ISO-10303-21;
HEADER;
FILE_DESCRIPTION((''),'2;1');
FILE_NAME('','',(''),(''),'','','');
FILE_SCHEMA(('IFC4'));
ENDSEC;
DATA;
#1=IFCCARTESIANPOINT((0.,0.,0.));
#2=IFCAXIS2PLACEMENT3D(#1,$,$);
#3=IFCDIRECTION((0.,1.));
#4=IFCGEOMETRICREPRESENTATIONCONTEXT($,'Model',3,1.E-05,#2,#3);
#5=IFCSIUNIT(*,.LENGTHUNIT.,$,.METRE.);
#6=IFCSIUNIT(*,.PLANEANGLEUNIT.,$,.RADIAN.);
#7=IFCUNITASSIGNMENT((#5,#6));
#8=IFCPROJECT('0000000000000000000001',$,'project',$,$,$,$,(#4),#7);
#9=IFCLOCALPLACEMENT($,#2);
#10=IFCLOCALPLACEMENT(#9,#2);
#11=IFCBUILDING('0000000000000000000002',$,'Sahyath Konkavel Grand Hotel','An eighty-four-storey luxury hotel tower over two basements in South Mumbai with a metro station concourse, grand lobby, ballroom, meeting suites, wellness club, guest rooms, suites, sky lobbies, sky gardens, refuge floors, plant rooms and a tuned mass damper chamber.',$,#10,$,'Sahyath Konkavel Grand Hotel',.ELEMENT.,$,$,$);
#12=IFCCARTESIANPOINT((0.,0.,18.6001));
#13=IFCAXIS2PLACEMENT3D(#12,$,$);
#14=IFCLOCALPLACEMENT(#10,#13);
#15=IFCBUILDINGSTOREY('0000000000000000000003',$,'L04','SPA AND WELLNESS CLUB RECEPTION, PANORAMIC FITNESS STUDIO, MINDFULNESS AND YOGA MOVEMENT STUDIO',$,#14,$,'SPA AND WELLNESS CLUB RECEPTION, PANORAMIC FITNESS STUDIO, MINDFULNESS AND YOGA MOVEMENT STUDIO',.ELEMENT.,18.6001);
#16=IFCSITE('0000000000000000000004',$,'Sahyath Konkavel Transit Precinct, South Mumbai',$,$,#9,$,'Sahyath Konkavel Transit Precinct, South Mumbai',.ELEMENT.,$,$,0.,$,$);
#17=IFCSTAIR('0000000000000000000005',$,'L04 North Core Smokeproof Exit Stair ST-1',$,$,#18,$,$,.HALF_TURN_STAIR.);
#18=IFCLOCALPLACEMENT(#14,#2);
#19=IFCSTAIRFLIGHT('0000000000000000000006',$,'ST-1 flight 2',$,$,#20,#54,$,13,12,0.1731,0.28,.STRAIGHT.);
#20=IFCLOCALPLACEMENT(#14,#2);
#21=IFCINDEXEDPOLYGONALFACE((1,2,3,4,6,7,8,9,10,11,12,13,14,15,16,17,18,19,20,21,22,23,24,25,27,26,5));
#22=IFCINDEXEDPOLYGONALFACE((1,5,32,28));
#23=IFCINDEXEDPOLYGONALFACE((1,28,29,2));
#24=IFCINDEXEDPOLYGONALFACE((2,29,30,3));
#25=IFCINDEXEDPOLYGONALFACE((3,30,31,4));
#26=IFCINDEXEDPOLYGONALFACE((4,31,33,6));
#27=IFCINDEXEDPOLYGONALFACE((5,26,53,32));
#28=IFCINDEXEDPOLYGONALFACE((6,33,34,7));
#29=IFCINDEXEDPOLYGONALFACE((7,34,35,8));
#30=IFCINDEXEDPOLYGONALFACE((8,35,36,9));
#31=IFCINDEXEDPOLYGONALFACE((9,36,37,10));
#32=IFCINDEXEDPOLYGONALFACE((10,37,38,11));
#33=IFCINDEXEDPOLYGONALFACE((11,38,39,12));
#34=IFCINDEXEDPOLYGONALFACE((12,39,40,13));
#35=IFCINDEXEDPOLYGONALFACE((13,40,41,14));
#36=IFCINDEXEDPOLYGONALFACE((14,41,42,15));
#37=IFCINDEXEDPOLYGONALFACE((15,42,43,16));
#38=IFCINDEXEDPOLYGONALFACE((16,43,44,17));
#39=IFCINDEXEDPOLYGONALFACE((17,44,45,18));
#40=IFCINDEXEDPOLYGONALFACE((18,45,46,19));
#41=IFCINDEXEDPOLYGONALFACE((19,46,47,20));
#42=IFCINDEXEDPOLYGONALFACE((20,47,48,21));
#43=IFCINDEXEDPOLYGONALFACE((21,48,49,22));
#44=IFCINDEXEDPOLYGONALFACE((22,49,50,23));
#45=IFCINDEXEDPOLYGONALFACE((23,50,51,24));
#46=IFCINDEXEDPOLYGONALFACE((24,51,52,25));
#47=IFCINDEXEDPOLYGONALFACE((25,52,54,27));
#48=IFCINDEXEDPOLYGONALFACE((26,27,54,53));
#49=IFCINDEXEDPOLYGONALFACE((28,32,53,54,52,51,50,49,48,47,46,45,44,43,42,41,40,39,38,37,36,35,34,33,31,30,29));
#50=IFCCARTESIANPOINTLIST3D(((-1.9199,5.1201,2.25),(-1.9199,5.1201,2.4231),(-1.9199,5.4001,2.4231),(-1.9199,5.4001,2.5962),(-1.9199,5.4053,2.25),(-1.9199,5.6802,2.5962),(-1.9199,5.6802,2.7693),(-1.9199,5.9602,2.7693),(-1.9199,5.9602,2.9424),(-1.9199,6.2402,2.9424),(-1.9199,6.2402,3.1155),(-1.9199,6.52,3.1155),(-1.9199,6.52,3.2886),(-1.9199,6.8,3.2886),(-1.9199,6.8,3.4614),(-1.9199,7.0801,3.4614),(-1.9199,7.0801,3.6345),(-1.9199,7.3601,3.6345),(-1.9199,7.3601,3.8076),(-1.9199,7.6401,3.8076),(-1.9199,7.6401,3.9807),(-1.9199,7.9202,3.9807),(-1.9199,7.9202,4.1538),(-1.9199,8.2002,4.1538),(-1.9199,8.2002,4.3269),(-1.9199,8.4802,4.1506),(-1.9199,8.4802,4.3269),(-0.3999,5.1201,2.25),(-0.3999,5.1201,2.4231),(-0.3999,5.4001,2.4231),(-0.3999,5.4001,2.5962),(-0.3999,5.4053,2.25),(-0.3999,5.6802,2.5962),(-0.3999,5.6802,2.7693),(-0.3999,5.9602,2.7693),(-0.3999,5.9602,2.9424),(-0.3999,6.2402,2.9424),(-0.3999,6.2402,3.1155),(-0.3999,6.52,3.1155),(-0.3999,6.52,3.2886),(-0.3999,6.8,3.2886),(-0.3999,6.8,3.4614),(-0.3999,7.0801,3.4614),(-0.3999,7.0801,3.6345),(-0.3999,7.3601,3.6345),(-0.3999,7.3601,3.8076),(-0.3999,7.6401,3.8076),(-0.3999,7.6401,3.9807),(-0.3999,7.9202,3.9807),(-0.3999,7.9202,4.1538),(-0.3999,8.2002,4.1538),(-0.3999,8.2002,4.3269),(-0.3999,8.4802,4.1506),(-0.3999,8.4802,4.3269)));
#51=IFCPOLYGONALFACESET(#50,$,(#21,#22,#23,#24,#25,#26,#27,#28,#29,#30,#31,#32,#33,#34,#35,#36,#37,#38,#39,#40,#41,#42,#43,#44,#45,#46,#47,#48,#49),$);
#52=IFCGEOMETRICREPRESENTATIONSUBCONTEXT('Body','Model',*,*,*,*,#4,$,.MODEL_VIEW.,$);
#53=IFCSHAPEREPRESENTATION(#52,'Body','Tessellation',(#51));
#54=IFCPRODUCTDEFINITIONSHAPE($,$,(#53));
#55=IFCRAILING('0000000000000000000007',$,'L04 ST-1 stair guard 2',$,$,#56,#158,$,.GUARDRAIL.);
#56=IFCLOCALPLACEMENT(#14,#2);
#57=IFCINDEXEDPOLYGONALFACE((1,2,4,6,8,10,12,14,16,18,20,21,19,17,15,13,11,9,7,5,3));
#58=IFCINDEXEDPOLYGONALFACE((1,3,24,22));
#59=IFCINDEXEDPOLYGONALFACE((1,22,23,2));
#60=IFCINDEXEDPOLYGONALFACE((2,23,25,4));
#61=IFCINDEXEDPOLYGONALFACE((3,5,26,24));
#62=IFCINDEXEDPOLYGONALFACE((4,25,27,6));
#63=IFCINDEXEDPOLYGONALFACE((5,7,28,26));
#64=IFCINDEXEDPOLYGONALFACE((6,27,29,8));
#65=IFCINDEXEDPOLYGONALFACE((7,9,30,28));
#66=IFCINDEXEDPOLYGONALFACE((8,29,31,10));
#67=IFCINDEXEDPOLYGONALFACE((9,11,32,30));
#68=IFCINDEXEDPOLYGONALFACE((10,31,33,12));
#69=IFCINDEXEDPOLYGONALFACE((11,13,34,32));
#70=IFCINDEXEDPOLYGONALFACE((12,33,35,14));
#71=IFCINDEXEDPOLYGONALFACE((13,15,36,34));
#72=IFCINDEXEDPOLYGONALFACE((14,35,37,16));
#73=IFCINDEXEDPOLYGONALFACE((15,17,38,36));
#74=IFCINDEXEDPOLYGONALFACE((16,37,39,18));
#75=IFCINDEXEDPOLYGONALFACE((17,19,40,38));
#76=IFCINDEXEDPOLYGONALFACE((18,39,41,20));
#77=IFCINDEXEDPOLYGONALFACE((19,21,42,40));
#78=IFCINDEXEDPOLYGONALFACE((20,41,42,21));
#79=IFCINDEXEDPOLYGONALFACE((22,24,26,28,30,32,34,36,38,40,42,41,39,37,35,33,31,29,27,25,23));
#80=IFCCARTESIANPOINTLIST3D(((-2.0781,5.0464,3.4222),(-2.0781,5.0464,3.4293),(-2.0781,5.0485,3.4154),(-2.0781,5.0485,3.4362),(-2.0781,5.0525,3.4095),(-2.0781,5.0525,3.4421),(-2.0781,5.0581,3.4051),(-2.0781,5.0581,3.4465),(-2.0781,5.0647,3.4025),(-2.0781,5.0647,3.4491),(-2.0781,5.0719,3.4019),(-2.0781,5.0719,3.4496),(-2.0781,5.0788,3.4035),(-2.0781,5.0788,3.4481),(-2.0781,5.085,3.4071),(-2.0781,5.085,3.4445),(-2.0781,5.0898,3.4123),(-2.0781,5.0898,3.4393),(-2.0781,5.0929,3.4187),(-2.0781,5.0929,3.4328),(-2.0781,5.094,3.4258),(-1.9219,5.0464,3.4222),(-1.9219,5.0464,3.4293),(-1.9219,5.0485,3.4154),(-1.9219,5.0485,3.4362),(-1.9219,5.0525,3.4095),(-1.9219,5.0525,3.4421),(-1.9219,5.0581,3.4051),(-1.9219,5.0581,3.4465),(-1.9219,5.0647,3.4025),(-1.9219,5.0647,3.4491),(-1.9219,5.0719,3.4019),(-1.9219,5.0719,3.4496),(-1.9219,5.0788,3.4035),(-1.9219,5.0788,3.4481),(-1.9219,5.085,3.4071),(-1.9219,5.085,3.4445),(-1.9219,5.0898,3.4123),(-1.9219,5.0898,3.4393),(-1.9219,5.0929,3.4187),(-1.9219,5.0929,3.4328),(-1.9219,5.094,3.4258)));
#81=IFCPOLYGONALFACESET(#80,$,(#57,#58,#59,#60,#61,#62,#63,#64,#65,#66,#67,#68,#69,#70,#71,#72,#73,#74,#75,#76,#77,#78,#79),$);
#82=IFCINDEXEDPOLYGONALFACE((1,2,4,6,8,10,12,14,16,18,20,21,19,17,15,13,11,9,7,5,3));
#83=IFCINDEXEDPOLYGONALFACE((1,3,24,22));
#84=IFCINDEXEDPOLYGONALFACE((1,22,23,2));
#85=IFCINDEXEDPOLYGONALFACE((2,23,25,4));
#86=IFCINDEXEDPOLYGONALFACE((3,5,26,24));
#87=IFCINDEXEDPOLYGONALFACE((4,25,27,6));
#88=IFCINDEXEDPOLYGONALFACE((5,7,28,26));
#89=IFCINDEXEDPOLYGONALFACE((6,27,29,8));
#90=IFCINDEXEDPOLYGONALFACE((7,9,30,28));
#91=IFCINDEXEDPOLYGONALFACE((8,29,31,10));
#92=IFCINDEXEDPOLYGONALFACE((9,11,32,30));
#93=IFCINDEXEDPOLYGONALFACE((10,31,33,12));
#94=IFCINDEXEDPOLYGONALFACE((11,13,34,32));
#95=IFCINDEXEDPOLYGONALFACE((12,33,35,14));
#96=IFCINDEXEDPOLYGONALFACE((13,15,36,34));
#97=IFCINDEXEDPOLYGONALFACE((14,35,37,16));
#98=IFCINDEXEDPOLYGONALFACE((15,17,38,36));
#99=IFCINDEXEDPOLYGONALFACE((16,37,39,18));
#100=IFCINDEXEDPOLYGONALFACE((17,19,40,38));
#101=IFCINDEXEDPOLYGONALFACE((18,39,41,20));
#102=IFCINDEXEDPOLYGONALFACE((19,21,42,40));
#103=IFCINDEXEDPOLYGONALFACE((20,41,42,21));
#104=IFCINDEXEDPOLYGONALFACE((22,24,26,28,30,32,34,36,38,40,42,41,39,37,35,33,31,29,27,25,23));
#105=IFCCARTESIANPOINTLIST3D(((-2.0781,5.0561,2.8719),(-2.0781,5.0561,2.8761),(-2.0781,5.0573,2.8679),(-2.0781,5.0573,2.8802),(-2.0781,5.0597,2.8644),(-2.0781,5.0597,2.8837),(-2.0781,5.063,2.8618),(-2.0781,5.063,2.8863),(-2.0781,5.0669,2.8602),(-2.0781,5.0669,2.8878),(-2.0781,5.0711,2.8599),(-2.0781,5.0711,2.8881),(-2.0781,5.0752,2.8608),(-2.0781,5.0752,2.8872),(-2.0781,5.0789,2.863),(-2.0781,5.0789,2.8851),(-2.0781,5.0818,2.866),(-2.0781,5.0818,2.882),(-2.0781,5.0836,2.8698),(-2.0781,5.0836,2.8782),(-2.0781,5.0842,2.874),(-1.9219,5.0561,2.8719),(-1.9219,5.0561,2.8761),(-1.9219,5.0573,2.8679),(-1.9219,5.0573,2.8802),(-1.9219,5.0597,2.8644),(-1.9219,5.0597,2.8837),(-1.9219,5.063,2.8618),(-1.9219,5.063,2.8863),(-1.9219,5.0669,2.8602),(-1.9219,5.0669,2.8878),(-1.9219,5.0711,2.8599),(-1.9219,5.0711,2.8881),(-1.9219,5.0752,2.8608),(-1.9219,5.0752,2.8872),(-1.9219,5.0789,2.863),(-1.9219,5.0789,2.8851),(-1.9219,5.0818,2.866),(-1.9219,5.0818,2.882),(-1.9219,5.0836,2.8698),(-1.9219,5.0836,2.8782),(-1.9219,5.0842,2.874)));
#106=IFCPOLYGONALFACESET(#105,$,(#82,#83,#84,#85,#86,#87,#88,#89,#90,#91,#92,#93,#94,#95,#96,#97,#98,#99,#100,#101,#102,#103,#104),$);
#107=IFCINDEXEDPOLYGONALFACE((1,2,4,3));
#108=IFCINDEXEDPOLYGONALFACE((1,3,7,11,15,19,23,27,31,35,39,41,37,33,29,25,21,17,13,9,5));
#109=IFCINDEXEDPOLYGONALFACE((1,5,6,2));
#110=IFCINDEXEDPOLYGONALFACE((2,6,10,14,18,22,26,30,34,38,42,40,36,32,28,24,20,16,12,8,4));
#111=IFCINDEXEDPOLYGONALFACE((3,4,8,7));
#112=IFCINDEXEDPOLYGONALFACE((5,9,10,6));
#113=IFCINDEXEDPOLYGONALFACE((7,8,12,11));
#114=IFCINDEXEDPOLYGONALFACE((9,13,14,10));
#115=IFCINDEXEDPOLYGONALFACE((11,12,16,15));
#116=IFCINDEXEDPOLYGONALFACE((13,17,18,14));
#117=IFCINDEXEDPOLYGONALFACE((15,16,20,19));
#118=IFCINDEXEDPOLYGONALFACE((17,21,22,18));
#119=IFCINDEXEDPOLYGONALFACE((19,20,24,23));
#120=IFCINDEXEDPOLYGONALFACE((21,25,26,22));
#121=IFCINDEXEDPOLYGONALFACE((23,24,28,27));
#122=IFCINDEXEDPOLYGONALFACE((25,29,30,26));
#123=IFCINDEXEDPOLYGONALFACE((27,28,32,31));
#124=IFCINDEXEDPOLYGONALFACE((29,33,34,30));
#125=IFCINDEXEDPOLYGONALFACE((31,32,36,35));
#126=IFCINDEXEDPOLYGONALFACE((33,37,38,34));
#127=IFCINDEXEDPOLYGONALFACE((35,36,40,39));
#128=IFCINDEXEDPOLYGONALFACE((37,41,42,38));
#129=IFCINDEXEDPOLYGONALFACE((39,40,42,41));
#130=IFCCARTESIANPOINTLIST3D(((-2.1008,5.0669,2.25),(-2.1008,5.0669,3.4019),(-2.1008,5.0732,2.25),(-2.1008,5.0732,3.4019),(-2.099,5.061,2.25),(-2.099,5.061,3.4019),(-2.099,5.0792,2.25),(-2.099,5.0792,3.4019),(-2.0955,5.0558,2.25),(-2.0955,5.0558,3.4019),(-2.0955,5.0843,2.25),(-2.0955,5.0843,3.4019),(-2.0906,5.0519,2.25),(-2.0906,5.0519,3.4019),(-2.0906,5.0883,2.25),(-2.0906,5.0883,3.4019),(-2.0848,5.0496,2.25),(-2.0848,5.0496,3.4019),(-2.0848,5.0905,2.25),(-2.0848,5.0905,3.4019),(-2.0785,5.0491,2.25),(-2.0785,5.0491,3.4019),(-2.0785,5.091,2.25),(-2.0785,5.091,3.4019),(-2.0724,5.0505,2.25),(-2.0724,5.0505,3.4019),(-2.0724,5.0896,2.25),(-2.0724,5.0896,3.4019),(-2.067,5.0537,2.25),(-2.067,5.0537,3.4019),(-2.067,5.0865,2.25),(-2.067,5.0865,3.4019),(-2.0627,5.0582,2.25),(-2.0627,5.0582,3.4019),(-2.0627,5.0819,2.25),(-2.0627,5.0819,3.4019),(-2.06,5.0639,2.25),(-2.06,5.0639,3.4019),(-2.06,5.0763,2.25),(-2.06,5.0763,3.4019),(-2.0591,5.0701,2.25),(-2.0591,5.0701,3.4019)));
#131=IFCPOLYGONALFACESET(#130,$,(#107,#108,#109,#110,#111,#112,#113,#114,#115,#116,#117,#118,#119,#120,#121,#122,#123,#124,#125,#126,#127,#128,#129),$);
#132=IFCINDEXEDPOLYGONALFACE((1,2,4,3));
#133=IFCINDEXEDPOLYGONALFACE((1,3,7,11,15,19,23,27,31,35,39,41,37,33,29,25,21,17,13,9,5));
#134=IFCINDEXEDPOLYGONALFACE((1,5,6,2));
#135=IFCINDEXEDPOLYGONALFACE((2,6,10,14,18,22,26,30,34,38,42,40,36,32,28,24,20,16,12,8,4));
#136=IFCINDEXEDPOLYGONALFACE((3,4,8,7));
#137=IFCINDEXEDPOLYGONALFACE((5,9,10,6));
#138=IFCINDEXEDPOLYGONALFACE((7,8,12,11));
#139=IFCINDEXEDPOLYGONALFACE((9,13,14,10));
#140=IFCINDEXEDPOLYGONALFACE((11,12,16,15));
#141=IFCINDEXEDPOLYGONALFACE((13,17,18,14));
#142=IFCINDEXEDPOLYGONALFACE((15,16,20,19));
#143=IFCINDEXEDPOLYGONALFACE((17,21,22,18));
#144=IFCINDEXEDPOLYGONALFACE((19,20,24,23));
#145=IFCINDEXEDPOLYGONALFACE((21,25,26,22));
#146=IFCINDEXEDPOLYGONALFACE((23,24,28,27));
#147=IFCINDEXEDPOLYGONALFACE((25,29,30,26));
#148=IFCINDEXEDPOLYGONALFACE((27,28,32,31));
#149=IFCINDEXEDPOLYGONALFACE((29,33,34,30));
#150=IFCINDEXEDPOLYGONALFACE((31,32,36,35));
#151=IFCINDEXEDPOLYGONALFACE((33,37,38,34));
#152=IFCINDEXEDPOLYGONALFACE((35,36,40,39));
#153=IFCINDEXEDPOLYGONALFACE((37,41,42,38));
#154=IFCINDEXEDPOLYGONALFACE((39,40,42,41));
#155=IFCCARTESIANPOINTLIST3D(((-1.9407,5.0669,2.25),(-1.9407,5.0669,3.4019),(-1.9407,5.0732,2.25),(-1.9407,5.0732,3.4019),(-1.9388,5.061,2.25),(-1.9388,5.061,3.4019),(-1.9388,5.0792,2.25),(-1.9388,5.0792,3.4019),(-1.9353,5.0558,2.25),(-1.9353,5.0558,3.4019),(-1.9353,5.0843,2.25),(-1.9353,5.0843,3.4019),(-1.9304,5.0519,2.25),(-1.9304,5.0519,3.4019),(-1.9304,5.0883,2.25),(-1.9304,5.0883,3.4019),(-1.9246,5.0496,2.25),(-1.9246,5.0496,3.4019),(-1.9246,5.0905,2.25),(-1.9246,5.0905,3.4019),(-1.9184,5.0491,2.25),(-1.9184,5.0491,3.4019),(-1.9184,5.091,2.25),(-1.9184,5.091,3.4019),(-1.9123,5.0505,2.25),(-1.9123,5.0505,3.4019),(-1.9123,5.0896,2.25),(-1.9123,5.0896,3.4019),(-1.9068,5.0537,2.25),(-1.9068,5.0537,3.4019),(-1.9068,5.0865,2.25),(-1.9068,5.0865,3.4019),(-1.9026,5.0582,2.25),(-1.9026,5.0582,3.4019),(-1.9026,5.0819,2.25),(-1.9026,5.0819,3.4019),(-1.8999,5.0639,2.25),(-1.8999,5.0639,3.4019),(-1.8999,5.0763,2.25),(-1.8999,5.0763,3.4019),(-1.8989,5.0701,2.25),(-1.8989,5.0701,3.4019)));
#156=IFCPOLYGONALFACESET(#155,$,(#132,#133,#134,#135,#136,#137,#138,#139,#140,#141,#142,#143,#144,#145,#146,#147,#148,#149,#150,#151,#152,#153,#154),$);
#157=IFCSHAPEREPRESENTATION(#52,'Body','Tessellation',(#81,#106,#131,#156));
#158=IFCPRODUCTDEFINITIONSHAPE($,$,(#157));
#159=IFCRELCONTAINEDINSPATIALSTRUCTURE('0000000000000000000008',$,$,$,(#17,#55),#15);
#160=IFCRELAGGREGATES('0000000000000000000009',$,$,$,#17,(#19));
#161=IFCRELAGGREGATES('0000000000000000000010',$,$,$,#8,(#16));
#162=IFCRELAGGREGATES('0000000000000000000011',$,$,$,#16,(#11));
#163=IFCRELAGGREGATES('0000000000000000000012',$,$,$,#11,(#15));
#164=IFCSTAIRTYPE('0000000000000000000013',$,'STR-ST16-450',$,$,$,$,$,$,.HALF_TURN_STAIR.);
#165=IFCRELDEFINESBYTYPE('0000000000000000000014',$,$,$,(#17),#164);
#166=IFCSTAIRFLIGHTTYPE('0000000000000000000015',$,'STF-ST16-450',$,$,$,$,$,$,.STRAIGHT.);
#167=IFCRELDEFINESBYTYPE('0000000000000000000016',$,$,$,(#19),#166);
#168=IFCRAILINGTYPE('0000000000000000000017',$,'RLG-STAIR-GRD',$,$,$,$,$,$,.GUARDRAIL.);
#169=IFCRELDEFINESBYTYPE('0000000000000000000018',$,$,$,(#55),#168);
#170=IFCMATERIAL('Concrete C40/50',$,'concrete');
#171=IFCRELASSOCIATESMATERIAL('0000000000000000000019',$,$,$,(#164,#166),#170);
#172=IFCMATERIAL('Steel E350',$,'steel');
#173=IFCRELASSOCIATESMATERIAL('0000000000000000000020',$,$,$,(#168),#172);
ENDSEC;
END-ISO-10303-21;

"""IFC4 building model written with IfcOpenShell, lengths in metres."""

from ifc_helpers import new_model, si_unit, direction, frame, origin, origin_2d, place, context, subcontext, project, spatial, polyline, circle, outline, extrude, material, type_object, element, aggregate, save


model = new_model("IFC4")

# Units and contexts
model_context = context("Model", 3, precision=1e-05, world=origin(), true_north=direction((0.0, 1.0)))
body_context = subcontext(model_context, "Body", "Model", "MODEL_VIEW")
ifc_project = project(units=[si_unit("LENGTHUNIT", "METRE"), si_unit("PLANEANGLEUNIT", "RADIAN")], contexts=[model_context])

# Site, building, storey
site_placement = place(None, origin())
site = spatial("IfcSite", under=ifc_project, at=site_placement, Name="Sahyath Konkavel Transit Precinct, South Mumbai", LongName="Sahyath Konkavel Transit Precinct, South Mumbai", CompositionType="ELEMENT", RefElevation=0.0)
building_placement = place(site_placement, origin())
building = spatial("IfcBuilding", under=site, at=building_placement, Name="Sahyath Konkavel Grand Hotel", Description="An eighty-four-storey luxury hotel tower over two basements in South Mumbai with a metro station concourse, grand lobby, ballroom, meeting suites, wellness club, guest rooms, suites, sky lobbies, sky gardens, refuge floors, plant rooms and a tuned mass damper chamber.", LongName="Sahyath Konkavel Grand Hotel", CompositionType="ELEMENT")
storey_placement = place(building_placement, frame((0.0, 0.0, 18.6001)))
storey = spatial("IfcBuildingStorey", under=building, at=storey_placement, Name="L04", Description="SPA AND WELLNESS CLUB RECEPTION, PANORAMIC FITNESS STUDIO, MINDFULNESS AND YOGA MOVEMENT STUDIO", LongName="SPA AND WELLNESS CLUB RECEPTION, PANORAMIC FITNESS STUDIO, MINDFULNESS AND YOGA MOVEMENT STUDIO", CompositionType="ELEMENT", Elevation=18.6001)

# Shared definitions
ifc_material_1 = material(Name="Steel E350", Category="steel")

# Shared definitions
ifc_material_2 = material(Name="Concrete C40/50", Category="concrete")

# Stair, stair flight
stair_type = type_object("IfcStairType", Name="STR-ST16-450", PredefinedType="HALF_TURN_STAIR", material=ifc_material_2)
stair_placement = place(storey_placement, origin())
stair = element("IfcStair", 1, at=stair_placement, inside=storey, type_object=stair_type, Name="L04 North Core Smokeproof Exit Stair ST-1", PredefinedType="HALF_TURN_STAIR")
stair_flight_type = type_object("IfcStairFlightType", Name="STF-ST16-450", PredefinedType="STRAIGHT", material=ifc_material_2)
stair_flight_placement = place(storey_placement, frame((-1.1599, 5.1201, 2.25), z_axis=(0.0, 0.0, 1.0), x_axis=(0.0, 1.0, 0.0)))
stair_flight = element("IfcStairFlight", 2, at=stair_flight_placement, type_object=stair_flight_type, Name="ST-1 flight 2", NumberOfRisers=13, NumberOfTreads=12, PredefinedType="STRAIGHT", RiserHeight=0.1731, TreadLength=0.28, context=body_context, shape_type="SweptSolid", body=[
    extrude(outline(polyline([(0.0, 0.0), (0.0, 0.1731), (0.28, 0.1731), (0.28, 0.3462), (0.5601, 0.3462), (0.5601, 0.5193), (0.8401, 0.5193), (0.8401, 0.6924), (1.1201, 0.6924), (1.1201, 0.8655), (1.3999, 0.8655), (1.3999, 1.0386), (1.6799, 1.0386), (1.6799, 1.2114), (1.96, 1.2114), (1.96, 1.3845), (2.24, 1.3845), (2.24, 1.5576), (2.52, 1.5576), (2.52, 1.7307), (2.8, 1.7307), (2.8, 1.9038), (3.0801, 1.9038), (3.0801, 2.0769), (3.3601, 2.0769), (3.3601, 2.25), (3.3601, 1.9006), (0.2852, 0.0), (0.0, 0.0)])), frame((0.0, 0.76, 0.0), z_axis=(0.0, -1.0, 0.0), x_axis=(1.0, 0.0, 0.0)), (0.0, 0.0, 1.0), 1.52),
])
aggregate(stair, [stair_flight])

# Railing
railing_type = type_object("IfcRailingType", Name="RLG-STAIR-GRD", PredefinedType="GUARDRAIL", material=ifc_material_1)
railing_1_placement = place(storey_placement, frame((-2.0801, 5.0701, 2.25)))
element("IfcRailing", 3, at=railing_1_placement, inside=storey, type_object=railing_type, Name="L04 ST-1 stair guard 2", PredefinedType="GUARDRAIL", context=body_context, shape_type="SweptSolid", body=[
    extrude(circle(Radius=0.0239, at=origin_2d()), frame((0.002, 0.0, 1.1758), z_axis=(1.0, 0.0, 0.0), x_axis=(0.0, 1.0, 0.0)), (0.0, 0.0, 1.0), 0.1562),
    extrude(circle(Radius=0.0142, at=origin_2d()), frame((0.002, 0.0, 0.624), z_axis=(1.0, 0.0, 0.0), x_axis=(0.0, 1.0, 0.0)), (0.0, 0.0, 1.0), 0.1562),
    extrude(circle(Radius=0.021, at=origin_2d()), origin(), (0.0, 0.0, 1.0), 1.1519),
    extrude(circle(Radius=0.021, at=origin_2d()), frame((0.1602, 0.0, 0.0)), (0.0, 0.0, 1.0), 1.1519),
])

save(model, "model.ifc")
